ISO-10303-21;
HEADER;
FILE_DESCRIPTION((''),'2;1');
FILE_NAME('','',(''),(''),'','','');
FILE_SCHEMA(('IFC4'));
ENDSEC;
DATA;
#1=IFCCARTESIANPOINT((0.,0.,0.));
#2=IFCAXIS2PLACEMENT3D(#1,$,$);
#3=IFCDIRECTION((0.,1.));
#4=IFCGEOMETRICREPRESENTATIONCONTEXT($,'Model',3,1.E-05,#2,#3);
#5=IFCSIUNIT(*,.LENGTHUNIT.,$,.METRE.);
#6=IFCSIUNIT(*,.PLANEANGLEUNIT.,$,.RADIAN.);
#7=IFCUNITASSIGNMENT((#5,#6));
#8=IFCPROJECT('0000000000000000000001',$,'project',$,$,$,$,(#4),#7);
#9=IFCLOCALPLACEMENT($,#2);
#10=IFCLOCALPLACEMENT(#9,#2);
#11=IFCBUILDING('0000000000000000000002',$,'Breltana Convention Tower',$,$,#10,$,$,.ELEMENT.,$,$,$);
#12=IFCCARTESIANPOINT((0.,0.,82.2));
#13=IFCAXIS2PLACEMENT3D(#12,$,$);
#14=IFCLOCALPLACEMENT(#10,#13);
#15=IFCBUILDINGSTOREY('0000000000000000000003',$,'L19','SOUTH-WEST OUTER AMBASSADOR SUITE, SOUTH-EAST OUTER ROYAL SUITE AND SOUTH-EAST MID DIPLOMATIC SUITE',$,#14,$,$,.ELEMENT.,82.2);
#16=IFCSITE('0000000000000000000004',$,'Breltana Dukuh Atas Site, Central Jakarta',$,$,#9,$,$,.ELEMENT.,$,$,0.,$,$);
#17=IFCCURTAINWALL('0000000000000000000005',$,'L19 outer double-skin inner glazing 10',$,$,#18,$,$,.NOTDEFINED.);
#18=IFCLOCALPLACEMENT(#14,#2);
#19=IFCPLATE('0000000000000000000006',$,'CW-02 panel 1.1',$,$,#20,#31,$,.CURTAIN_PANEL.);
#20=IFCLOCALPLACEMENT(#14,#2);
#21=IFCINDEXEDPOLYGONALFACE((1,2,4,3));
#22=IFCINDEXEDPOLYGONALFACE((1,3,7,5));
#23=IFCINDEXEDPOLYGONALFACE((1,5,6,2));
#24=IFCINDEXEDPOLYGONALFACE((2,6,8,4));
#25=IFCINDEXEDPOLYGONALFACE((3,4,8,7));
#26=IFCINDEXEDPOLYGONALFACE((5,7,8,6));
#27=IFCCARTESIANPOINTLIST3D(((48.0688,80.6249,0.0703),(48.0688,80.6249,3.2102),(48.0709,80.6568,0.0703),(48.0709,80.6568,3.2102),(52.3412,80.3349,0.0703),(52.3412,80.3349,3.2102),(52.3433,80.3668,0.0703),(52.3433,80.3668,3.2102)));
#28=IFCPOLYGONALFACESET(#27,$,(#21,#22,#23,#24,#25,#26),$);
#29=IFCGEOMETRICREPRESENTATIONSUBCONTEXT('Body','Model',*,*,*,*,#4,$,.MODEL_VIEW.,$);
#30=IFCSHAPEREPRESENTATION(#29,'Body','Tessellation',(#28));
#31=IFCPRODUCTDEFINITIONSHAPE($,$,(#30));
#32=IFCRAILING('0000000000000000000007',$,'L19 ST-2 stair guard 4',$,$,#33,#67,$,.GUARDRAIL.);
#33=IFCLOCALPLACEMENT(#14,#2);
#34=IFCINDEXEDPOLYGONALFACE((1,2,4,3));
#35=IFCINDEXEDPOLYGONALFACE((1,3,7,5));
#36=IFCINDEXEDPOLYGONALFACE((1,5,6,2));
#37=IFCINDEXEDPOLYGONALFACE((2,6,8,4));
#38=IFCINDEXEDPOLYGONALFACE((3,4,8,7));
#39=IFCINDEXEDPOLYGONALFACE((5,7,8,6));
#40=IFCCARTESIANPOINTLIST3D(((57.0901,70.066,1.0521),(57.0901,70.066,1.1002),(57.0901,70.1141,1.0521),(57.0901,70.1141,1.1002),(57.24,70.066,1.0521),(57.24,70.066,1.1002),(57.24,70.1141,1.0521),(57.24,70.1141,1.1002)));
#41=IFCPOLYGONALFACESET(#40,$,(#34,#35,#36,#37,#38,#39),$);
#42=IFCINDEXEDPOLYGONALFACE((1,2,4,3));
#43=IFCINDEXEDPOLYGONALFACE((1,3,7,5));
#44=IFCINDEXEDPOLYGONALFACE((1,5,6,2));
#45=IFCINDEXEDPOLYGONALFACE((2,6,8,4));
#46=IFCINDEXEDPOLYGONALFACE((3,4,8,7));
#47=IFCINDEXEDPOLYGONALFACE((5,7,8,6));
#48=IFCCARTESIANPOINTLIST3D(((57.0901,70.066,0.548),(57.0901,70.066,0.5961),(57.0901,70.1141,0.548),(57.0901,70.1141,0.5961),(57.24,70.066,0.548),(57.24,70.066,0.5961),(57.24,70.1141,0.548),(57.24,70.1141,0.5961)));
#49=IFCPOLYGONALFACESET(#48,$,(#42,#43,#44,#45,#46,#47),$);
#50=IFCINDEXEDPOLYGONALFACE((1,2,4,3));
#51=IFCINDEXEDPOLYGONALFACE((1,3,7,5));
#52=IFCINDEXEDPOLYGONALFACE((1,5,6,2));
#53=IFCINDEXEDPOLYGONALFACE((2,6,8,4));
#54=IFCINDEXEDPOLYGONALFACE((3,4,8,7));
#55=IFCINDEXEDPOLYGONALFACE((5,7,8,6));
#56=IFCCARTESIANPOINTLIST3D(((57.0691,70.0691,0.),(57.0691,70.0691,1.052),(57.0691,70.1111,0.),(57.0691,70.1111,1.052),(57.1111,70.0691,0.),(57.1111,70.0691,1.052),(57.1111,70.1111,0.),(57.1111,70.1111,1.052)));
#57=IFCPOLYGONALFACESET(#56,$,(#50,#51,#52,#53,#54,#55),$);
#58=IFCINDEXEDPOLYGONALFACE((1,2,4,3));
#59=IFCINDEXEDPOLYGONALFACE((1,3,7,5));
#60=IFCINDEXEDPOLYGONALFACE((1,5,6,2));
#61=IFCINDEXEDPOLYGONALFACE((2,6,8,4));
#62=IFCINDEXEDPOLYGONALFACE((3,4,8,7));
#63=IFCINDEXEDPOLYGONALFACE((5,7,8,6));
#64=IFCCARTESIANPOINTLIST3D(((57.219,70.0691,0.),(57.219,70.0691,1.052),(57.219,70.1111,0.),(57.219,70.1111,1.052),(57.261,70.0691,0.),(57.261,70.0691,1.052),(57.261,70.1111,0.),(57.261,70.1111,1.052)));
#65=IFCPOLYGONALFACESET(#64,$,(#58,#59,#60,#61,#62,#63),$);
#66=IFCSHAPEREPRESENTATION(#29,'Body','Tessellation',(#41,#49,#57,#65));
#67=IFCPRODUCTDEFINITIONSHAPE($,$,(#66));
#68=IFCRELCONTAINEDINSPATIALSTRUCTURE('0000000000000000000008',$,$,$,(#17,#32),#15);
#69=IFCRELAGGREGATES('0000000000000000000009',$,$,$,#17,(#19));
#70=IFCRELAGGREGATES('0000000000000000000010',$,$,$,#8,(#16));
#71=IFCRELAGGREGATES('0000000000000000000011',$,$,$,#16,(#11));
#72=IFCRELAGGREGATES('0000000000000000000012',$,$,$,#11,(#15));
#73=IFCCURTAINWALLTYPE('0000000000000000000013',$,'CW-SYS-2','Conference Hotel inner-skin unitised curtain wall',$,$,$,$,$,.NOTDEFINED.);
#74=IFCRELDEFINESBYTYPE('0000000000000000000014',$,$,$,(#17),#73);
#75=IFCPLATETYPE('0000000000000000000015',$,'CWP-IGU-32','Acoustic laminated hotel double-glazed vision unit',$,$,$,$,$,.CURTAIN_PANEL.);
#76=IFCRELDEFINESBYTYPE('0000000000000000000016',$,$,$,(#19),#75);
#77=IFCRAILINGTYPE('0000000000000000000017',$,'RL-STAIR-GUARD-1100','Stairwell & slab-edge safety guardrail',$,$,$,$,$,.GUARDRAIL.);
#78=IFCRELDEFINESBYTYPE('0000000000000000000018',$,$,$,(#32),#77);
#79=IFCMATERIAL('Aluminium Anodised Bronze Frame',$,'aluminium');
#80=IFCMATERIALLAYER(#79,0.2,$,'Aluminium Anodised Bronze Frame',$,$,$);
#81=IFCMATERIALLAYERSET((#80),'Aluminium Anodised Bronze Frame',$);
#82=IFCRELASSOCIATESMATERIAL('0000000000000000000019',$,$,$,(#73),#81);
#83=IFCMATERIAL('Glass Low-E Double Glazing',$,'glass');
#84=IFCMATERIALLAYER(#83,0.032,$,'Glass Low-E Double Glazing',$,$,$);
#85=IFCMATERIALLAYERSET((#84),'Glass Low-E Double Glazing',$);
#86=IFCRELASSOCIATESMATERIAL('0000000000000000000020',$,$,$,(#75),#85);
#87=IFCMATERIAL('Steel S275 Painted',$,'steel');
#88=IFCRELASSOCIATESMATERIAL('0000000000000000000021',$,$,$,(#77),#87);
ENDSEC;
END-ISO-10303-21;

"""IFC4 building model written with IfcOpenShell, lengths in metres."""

from ifc_helpers import new_model, si_unit, direction, frame, origin, origin_2d, place, context, subcontext, project, spatial, rectangle, extrude, source, transform, mapped, material, layer, layer_set, type_object, element, aggregate, save


model = new_model("IFC4")

# Units and contexts
model_context = context("Model", 3, precision=1e-05, world=origin(), true_north=direction((0.0, 1.0)))
body_context = subcontext(model_context, "Body", "Model", "MODEL_VIEW")
ifc_project = project(units=[si_unit("LENGTHUNIT", "METRE"), si_unit("PLANEANGLEUNIT", "RADIAN")], contexts=[model_context])

# Site, building, storey
site_placement = place(None, origin())
site = spatial("IfcSite", under=ifc_project, at=site_placement, Name="Breltana Dukuh Atas Site, Central Jakarta", CompositionType="ELEMENT", RefElevation=0.0)
building_placement = place(site_placement, origin())
building = spatial("IfcBuilding", under=site, at=building_placement, Name="Breltana Convention Tower", CompositionType="ELEMENT")
storey_placement = place(building_placement, frame((0.0, 0.0, 82.2)))
storey = spatial("IfcBuildingStorey", under=building, at=storey_placement, Name="L19", Description="SOUTH-WEST OUTER AMBASSADOR SUITE, SOUTH-EAST OUTER ROYAL SUITE AND SOUTH-EAST MID DIPLOMATIC SUITE", CompositionType="ELEMENT", Elevation=82.2)

# Curtain wall
ifc_material_1 = material(Name="Aluminium Anodised Bronze Frame", Category="aluminium")
ifc_layer_1 = layer(ifc_material_1, 0.2, Name="Aluminium Anodised Bronze Frame")
ifc_layer_set_1 = layer_set([ifc_layer_1], Name="Aluminium Anodised Bronze Frame")
curtain_wall_type = type_object("IfcCurtainWallType", Name="CW-SYS-2", Description="Conference Hotel inner-skin unitised curtain wall", PredefinedType="NOTDEFINED", material=ifc_layer_set_1)
curtain_wall_1_placement = place(storey_placement, origin())
curtain_wall_1 = element("IfcCurtainWall", 1, at=curtain_wall_1_placement, inside=storey, type_object=curtain_wall_type, Name="L19 outer double-skin inner glazing 10", PredefinedType="NOTDEFINED")

# Plate
ifc_material_2 = material(Name="Glass Low-E Double Glazing", Category="glass")
ifc_layer_2 = layer(ifc_material_2, 0.032, Name="Glass Low-E Double Glazing")
ifc_layer_set_2 = layer_set([ifc_layer_2], Name="Glass Low-E Double Glazing")
plate_type = type_object("IfcPlateType", Name="CWP-IGU-32", Description="Acoustic laminated hotel double-glazed vision unit", PredefinedType="CURTAIN_PANEL", material=ifc_layer_set_2)
shared_shape_1 = source(origin(), body_context, "Body", "SweptSolid", [
    extrude(rectangle(XDim=4.2822, YDim=0.032, at=origin_2d()), origin(), (0.0, 0.0, 1.0), 3.1399),
])
plate_1_placement = place(storey_placement, frame((50.2061, 80.4958, 0.0703), z_axis=(0.0, 0.0, 1.0), x_axis=(0.997704, -0.067726, 0.0)))
plate_1 = element("IfcPlate", 2, at=plate_1_placement, type_object=plate_type, Name="CW-02 panel 1.1", PredefinedType="CURTAIN_PANEL", context=body_context, shape_type="MappedRepresentation", body=[
    mapped(shared_shape_1, transform((0.0, 0.0, 0.0), scale=1.0)),
])
aggregate(curtain_wall_1, [plate_1])

# Railing
ifc_material_3 = material(Name="Steel S275 Painted", Category="steel")
railing_type = type_object("IfcRailingType", Name="RL-STAIR-GUARD-1100", Description="Stairwell & slab-edge safety guardrail", PredefinedType="GUARDRAIL", material=ifc_material_3)
railing_placement = place(storey_placement, frame((57.0901, 70.0901, 0.0)))
element("IfcRailing", 3, at=railing_placement, inside=storey, type_object=railing_type, Name="L19 ST-2 stair guard 4", PredefinedType="GUARDRAIL", context=body_context, shape_type="SweptSolid", body=[
    extrude(rectangle(XDim=0.0481, YDim=0.0481, at=origin_2d()), frame((0.0, 0.0, 1.0762), z_axis=(1.0, 0.0, 0.0), x_axis=(0.0, 1.0, 0.0)), (0.0, 0.0, 1.0), 0.1499),
    extrude(rectangle(XDim=0.0481, YDim=0.0481, at=origin_2d()), frame((0.0, 0.0, 0.572), z_axis=(1.0, 0.0, 0.0), x_axis=(0.0, 1.0, 0.0)), (0.0, 0.0, 1.0), 0.1499),
    extrude(rectangle(XDim=0.042, YDim=0.042, at=origin_2d()), origin(), (0.0, 0.0, 1.0), 1.052),
    extrude(rectangle(XDim=0.042, YDim=0.042, at=origin_2d()), frame((0.1499, 0.0, 0.0)), (0.0, 0.0, 1.0), 1.052),
])

save(model, "model.ifc")
